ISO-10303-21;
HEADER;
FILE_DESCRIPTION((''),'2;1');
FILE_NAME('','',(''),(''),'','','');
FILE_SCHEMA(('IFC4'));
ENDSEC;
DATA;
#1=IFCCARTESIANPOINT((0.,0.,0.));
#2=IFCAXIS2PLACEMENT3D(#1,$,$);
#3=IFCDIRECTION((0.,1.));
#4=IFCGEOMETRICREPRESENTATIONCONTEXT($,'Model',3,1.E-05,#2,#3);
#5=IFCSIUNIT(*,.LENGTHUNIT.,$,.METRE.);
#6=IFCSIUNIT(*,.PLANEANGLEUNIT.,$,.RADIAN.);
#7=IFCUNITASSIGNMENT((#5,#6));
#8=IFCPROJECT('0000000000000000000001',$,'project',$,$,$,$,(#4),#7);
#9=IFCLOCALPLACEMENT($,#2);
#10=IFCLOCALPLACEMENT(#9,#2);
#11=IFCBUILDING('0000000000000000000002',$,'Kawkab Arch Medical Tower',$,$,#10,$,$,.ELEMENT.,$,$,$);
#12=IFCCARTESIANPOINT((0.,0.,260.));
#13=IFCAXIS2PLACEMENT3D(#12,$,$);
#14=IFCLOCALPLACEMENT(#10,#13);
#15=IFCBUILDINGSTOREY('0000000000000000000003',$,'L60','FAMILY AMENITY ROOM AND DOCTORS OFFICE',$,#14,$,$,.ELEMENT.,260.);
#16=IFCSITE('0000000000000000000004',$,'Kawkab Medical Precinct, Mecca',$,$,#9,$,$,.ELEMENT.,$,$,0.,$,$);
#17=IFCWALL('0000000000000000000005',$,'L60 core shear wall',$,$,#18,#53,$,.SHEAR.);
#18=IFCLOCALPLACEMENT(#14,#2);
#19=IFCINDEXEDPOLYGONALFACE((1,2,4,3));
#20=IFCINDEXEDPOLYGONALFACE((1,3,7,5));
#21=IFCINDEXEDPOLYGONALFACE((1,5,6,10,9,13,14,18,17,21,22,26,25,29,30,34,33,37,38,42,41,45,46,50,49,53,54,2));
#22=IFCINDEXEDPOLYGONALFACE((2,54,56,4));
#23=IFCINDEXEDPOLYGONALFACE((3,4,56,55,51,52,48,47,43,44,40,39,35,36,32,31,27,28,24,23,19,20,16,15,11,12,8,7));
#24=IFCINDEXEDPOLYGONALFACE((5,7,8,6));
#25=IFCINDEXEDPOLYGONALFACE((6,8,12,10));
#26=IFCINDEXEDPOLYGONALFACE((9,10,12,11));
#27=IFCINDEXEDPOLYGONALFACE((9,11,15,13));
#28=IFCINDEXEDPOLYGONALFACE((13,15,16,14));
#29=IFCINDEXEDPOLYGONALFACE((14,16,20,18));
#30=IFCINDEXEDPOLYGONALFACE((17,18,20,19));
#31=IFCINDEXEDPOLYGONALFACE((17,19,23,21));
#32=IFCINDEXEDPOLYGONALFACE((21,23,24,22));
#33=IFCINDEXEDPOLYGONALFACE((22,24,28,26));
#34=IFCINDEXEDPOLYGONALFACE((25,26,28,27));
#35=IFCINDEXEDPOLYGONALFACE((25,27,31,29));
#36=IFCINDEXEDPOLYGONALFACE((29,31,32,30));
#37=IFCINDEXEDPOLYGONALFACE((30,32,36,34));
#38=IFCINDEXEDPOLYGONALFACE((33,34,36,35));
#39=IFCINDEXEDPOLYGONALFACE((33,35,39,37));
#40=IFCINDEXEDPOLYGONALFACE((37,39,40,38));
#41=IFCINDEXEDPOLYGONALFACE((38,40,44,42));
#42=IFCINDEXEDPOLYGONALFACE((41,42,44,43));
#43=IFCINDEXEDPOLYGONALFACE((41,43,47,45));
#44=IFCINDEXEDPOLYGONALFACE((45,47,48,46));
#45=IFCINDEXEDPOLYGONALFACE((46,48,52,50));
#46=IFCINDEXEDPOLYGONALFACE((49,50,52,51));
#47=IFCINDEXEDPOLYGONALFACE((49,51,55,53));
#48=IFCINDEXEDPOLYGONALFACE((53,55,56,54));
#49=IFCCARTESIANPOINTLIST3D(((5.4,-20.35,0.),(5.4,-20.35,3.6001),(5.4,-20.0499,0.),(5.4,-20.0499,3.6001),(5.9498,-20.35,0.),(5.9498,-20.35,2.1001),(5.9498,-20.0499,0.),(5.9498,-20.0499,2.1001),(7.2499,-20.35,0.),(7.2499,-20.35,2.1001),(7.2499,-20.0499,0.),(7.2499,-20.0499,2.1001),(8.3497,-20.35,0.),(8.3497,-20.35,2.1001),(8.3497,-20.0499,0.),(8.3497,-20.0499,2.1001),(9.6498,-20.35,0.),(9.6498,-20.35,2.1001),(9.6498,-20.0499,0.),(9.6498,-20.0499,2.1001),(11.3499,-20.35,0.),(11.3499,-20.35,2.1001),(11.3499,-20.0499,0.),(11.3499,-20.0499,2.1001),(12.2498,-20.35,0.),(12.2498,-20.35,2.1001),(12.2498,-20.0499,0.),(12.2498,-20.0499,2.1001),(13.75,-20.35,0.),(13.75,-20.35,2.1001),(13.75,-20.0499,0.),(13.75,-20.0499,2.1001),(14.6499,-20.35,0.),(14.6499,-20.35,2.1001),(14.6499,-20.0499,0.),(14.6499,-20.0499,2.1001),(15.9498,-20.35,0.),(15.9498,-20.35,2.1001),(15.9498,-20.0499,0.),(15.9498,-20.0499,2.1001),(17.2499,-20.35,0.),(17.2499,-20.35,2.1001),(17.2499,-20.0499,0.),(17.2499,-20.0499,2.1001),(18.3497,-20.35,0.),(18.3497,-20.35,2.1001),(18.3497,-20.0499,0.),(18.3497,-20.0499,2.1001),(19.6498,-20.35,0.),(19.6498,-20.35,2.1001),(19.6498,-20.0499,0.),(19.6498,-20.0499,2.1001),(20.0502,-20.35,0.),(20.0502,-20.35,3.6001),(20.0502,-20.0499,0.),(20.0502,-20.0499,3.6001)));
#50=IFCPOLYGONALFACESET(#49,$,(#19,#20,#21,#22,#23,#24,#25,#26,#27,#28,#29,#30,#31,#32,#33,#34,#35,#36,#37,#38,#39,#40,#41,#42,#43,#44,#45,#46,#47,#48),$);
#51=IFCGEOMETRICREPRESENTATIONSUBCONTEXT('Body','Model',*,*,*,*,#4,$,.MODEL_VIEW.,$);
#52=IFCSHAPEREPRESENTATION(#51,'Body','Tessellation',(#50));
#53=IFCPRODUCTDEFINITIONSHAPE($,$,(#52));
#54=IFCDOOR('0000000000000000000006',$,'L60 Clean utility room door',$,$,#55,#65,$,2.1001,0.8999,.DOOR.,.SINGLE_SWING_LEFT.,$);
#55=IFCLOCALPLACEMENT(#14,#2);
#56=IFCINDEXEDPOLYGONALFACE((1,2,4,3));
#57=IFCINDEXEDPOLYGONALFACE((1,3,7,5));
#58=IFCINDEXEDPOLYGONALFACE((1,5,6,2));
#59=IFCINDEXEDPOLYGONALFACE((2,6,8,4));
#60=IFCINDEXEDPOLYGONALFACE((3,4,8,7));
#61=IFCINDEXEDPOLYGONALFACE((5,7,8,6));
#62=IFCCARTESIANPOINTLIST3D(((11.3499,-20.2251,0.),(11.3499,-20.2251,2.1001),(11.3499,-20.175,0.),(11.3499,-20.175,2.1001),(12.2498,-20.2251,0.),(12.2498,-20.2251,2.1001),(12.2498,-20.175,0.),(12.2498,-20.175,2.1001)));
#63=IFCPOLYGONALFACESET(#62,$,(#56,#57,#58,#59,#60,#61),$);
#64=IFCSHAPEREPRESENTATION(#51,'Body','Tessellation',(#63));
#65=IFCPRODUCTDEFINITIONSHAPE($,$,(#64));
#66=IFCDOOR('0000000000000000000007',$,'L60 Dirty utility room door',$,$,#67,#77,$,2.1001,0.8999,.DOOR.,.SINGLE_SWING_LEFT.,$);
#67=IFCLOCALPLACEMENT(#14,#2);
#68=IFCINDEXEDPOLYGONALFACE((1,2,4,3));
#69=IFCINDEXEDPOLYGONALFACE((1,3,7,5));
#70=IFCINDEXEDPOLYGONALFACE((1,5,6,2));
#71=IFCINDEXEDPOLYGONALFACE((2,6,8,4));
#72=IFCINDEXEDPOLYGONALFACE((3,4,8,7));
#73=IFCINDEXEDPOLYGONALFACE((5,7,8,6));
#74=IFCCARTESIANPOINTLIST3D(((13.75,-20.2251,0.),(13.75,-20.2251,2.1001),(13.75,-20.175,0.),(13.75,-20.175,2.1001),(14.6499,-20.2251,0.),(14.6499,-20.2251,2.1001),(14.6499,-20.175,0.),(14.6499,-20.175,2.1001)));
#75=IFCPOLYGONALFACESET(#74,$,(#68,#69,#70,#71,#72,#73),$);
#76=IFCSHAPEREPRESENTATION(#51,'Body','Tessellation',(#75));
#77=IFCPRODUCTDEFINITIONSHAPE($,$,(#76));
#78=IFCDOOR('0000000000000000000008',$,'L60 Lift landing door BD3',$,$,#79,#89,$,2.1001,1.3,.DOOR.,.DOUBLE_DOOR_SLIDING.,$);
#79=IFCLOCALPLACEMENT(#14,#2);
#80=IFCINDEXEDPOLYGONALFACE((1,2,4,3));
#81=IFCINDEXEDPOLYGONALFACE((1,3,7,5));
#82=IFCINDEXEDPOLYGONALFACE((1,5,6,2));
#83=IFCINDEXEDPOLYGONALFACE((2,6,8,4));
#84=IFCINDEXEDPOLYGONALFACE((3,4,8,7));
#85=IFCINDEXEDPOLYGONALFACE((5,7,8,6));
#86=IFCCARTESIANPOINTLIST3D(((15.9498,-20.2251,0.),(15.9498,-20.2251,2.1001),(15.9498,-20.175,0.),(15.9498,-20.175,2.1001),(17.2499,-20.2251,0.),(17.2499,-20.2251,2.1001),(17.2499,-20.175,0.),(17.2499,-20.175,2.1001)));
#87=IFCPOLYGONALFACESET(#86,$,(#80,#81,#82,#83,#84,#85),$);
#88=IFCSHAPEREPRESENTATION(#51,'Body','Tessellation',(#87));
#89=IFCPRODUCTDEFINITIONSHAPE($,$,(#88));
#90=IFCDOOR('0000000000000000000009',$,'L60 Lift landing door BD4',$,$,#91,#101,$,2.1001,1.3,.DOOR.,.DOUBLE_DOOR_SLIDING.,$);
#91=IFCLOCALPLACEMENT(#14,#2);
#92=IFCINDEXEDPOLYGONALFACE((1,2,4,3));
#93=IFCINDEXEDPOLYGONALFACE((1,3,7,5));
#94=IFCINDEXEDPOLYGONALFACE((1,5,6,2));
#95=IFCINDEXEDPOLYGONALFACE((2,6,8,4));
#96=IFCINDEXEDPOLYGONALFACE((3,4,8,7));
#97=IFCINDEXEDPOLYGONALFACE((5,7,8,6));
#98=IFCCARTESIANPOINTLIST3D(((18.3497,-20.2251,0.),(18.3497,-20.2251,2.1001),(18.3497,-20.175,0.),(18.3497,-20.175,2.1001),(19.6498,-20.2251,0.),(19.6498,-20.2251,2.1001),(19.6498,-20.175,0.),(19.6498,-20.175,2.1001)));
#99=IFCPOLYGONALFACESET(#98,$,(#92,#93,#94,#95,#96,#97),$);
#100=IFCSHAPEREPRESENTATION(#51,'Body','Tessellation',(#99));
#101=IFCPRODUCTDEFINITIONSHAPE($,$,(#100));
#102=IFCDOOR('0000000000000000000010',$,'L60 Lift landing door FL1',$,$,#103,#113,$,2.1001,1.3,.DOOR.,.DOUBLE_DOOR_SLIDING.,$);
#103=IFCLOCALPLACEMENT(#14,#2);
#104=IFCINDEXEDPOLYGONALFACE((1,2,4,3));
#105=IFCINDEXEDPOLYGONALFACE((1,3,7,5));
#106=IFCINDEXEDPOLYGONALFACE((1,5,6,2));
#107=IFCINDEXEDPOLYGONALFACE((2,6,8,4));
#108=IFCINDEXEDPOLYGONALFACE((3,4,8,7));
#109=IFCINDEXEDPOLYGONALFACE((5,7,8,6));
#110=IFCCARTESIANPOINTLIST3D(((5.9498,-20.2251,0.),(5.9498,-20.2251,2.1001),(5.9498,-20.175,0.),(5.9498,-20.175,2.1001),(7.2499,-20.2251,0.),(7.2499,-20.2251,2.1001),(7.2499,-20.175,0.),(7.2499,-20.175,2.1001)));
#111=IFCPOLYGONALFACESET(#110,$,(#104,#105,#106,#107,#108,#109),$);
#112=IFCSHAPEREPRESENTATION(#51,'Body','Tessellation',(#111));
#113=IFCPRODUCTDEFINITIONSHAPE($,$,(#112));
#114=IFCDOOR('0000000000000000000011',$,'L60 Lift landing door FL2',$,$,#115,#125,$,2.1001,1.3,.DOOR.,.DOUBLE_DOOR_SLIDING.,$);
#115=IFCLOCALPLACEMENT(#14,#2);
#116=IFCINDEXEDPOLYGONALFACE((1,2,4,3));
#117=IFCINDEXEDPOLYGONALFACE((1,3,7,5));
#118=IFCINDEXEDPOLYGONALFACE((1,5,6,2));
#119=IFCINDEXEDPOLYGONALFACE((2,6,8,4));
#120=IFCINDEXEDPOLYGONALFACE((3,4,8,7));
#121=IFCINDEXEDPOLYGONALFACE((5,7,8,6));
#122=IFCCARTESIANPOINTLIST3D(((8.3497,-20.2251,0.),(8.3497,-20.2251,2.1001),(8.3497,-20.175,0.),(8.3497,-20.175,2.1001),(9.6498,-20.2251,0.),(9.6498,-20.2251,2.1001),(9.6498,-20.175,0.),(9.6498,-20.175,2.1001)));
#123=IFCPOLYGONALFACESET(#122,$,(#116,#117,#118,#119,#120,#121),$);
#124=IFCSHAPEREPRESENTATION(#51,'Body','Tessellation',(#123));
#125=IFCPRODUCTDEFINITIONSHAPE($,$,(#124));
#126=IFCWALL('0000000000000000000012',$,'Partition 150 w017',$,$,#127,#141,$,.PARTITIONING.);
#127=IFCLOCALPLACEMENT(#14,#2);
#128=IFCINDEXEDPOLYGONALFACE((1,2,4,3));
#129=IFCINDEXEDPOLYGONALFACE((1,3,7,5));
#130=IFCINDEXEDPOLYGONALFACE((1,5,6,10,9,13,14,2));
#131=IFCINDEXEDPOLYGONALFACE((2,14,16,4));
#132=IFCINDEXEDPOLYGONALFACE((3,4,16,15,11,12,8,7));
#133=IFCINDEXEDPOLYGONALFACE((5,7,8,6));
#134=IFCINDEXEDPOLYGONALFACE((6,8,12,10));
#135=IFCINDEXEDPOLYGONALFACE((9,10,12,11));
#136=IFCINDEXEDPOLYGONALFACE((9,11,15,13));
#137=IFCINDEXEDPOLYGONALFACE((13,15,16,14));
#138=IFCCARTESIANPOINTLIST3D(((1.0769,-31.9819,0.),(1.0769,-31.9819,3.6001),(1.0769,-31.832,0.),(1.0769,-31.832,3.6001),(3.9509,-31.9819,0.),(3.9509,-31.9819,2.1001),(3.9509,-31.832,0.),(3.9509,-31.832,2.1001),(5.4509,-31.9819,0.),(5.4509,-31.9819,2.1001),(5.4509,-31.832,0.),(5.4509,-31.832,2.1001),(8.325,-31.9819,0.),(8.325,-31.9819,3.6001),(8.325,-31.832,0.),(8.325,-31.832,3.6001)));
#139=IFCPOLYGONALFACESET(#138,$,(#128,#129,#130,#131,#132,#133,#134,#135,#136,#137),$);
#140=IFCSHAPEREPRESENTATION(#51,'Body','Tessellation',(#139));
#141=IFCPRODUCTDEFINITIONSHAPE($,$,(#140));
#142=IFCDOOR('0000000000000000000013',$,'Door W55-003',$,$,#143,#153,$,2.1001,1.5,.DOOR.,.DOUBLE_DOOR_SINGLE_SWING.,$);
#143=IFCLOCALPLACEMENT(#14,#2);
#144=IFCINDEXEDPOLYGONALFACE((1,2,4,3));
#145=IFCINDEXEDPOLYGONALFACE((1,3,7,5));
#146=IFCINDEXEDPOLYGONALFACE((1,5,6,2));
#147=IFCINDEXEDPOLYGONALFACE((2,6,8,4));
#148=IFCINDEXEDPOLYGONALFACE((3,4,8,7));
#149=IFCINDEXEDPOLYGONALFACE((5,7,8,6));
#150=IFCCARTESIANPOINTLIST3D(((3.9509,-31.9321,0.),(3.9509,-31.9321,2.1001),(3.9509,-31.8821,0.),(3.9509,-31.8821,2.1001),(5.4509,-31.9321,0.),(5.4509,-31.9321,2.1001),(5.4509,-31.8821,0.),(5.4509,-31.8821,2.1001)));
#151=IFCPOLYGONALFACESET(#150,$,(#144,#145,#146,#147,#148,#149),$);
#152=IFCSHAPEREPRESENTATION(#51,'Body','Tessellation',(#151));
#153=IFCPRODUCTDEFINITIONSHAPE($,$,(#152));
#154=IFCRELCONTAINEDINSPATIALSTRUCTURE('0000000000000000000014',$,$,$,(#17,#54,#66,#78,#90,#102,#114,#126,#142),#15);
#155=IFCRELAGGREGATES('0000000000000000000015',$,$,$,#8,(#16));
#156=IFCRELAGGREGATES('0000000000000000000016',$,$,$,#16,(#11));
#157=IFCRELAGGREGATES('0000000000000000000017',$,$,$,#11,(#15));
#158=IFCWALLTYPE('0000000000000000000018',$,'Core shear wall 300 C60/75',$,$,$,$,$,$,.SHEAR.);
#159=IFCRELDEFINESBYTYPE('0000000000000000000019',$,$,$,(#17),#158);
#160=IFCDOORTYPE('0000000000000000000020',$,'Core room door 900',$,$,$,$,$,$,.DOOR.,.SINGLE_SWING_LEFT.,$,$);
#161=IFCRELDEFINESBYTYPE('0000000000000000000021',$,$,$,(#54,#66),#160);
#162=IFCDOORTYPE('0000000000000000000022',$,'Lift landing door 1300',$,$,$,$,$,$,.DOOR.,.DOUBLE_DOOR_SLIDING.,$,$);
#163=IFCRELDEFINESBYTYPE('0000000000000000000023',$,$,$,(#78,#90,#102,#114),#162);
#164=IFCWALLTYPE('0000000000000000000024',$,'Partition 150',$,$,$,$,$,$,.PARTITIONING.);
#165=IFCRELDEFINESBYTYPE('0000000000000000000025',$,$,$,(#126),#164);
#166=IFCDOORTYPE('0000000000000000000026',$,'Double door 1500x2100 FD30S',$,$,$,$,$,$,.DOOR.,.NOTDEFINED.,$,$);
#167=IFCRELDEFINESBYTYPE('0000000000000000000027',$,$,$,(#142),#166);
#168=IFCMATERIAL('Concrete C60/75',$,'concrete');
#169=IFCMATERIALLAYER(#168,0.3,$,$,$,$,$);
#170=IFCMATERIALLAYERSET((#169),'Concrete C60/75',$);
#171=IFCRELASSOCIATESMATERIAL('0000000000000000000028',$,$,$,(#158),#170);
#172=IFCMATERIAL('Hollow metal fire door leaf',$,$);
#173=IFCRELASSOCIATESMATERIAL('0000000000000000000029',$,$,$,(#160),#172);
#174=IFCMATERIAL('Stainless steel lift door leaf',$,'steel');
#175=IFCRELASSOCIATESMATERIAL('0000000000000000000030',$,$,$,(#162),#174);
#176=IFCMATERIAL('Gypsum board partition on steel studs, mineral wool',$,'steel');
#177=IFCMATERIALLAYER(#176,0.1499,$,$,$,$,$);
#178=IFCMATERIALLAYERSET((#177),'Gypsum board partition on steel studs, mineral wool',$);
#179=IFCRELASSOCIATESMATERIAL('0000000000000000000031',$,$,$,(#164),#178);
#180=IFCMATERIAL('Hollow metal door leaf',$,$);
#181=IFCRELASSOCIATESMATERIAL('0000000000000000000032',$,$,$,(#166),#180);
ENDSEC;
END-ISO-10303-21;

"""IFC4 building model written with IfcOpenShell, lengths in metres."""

from ifc_helpers import new_model, si_unit, direction, frame, frame_2d, origin, place, context, subcontext, project, spatial, rectangle, extrude, material, layer, layer_set, type_object, element, fill, save


model = new_model("IFC4")

# Units and contexts
model_context = context("Model", 3, precision=1e-05, world=origin(), true_north=direction((0.0, 1.0)))
body_context = subcontext(model_context, "Body", "Model", "MODEL_VIEW")
ifc_project = project(units=[si_unit("LENGTHUNIT", "METRE"), si_unit("PLANEANGLEUNIT", "RADIAN")], contexts=[model_context])

# Site, building, storey
site_placement = place(None, origin())
site = spatial("IfcSite", under=ifc_project, at=site_placement, Name="Kawkab Medical Precinct, Mecca", CompositionType="ELEMENT", RefElevation=0.0)
building_placement = place(site_placement, origin())
building = spatial("IfcBuilding", under=site, at=building_placement, Name="Kawkab Arch Medical Tower", CompositionType="ELEMENT")
storey_placement = place(building_placement, frame((0.0, 0.0, 260.0)))
storey = spatial("IfcBuildingStorey", under=building, at=storey_placement, Name="L60", Description="FAMILY AMENITY ROOM AND DOCTORS OFFICE", CompositionType="ELEMENT", Elevation=260.0)

# Wall, openings, doors
ifc_material_1 = material(Name="Concrete C60/75", Category="concrete")
ifc_layer_1 = layer(ifc_material_1, 0.3)
ifc_layer_set_1 = layer_set([ifc_layer_1], Name="Concrete C60/75")
wall_type_1 = type_object("IfcWallType", Name="Core shear wall 300 C60/75", PredefinedType="SHEAR", material=ifc_layer_set_1)
wall_1_placement = place(storey_placement, frame((5.3999, -20.2, 0.0), z_axis=(0.0, 0.0, 1.0), x_axis=(1.0, 0.0, 0.0)))
wall_1 = element("IfcWall", 1, at=wall_1_placement, inside=storey, type_object=wall_type_1, Name="L60 core shear wall", PredefinedType="SHEAR", context=body_context, shape_type="SweptSolid", body=[
    extrude(rectangle(XDim=14.6501, YDim=0.3, at=frame_2d((7.3252, 0.0))), origin(), (0.0, 0.0, 1.0), 3.6001),
])
opening_1_placement = place(wall_1_placement, frame((10.55, 0.0, 0.0)))
opening_1 = element("IfcOpeningElement", 2, at=opening_1_placement, cuts=wall_1, PredefinedType="OPENING", context=body_context, shape_type="SweptSolid", body=[
    extrude(rectangle(XDim=1.3, YDim=2.1001, at=frame_2d((0.6499, 1.05))), frame((0.0, 0.1599, 0.0), z_axis=(0.0, -1.0, 0.0), x_axis=(1.0, 0.0, 0.0)), (0.0, 0.0, 1.0), 0.3201),
])
opening_2_placement = place(wall_1_placement, frame((12.95, 0.0, 0.0)))
opening_2 = element("IfcOpeningElement", 3, at=opening_2_placement, cuts=wall_1, PredefinedType="OPENING", context=body_context, shape_type="SweptSolid", body=[
    extrude(rectangle(XDim=1.3, YDim=2.1001, at=frame_2d((0.6499, 1.05))), frame((0.0, 0.1599, 0.0), z_axis=(0.0, -1.0, 0.0), x_axis=(1.0, 0.0, 0.0)), (0.0, 0.0, 1.0), 0.3201),
])
opening_3_placement = place(wall_1_placement, frame((0.55, 0.0, 0.0)))
opening_3 = element("IfcOpeningElement", 4, at=opening_3_placement, cuts=wall_1, PredefinedType="OPENING", context=body_context, shape_type="SweptSolid", body=[
    extrude(rectangle(XDim=1.3, YDim=2.1001, at=frame_2d((0.6499, 1.05))), frame((0.0, 0.1599, 0.0), z_axis=(0.0, -1.0, 0.0), x_axis=(1.0, 0.0, 0.0)), (0.0, 0.0, 1.0), 0.3201),
])
opening_4_placement = place(wall_1_placement, frame((2.95, 0.0, 0.0)))
opening_4 = element("IfcOpeningElement", 5, at=opening_4_placement, cuts=wall_1, PredefinedType="OPENING", context=body_context, shape_type="SweptSolid", body=[
    extrude(rectangle(XDim=1.3, YDim=2.1001, at=frame_2d((0.6499, 1.05))), frame((0.0, 0.1599, 0.0), z_axis=(0.0, -1.0, 0.0), x_axis=(1.0, 0.0, 0.0)), (0.0, 0.0, 1.0), 0.3201),
])
opening_5_placement = place(wall_1_placement, frame((5.95, 0.0, 0.0)))
opening_5 = element("IfcOpeningElement", 6, at=opening_5_placement, cuts=wall_1, PredefinedType="OPENING", context=body_context, shape_type="SweptSolid", body=[
    extrude(rectangle(XDim=0.8999, YDim=2.1001, at=frame_2d((0.45, 1.05))), frame((0.0, 0.1599, 0.0), z_axis=(0.0, -1.0, 0.0), x_axis=(1.0, 0.0, 0.0)), (0.0, 0.0, 1.0), 0.3201),
])
opening_6_placement = place(wall_1_placement, frame((8.3501, 0.0, 0.0)))
opening_6 = element("IfcOpeningElement", 7, at=opening_6_placement, cuts=wall_1, PredefinedType="OPENING", context=body_context, shape_type="SweptSolid", body=[
    extrude(rectangle(XDim=0.8999, YDim=2.1001, at=frame_2d((0.45, 1.05))), frame((0.0, 0.1599, 0.0), z_axis=(0.0, -1.0, 0.0), x_axis=(1.0, 0.0, 0.0)), (0.0, 0.0, 1.0), 0.3201),
])
ifc_material_2 = material(Name="Hollow metal fire door leaf")
door_type_1 = type_object("IfcDoorType", Name="Core room door 900", OperationType="SINGLE_SWING_LEFT", PredefinedType="DOOR", material=ifc_material_2)
door_1_placement = place(opening_5_placement, origin())
door_1 = element("IfcDoor", 8, at=door_1_placement, inside=storey, type_object=door_type_1, Name="L60 Clean utility room door", OperationType="SINGLE_SWING_LEFT", OverallHeight=2.1001, OverallWidth=0.8999, PredefinedType="DOOR", context=body_context, shape_type="SweptSolid", body=[
    extrude(rectangle(XDim=0.8999, YDim=2.1001, at=frame_2d((0.45, 1.05))), frame((0.0, 0.0249, 0.0), z_axis=(0.0, -1.0, 0.0), x_axis=(1.0, 0.0, 0.0)), (0.0, 0.0, 1.0), 0.05),
])
fill(opening_5, door_1)
door_2_placement = place(opening_6_placement, origin())
door_2 = element("IfcDoor", 9, at=door_2_placement, inside=storey, type_object=door_type_1, Name="L60 Dirty utility room door", OperationType="SINGLE_SWING_LEFT", OverallHeight=2.1001, OverallWidth=0.8999, PredefinedType="DOOR", context=body_context, shape_type="SweptSolid", body=[
    extrude(rectangle(XDim=0.8999, YDim=2.1001, at=frame_2d((0.45, 1.05))), frame((0.0, 0.0249, 0.0), z_axis=(0.0, -1.0, 0.0), x_axis=(1.0, 0.0, 0.0)), (0.0, 0.0, 1.0), 0.05),
])
fill(opening_6, door_2)
ifc_material_3 = material(Name="Stainless steel lift door leaf", Category="steel")
door_type_2 = type_object("IfcDoorType", Name="Lift landing door 1300", OperationType="DOUBLE_DOOR_SLIDING", PredefinedType="DOOR", material=ifc_material_3)
door_3_placement = place(opening_1_placement, origin())
door_3 = element("IfcDoor", 10, at=door_3_placement, inside=storey, type_object=door_type_2, Name="L60 Lift landing door BD3", OperationType="DOUBLE_DOOR_SLIDING", OverallHeight=2.1001, OverallWidth=1.3, PredefinedType="DOOR", context=body_context, shape_type="SweptSolid", body=[
    extrude(rectangle(XDim=1.3, YDim=2.1001, at=frame_2d((0.6499, 1.05))), frame((0.0, 0.0249, 0.0), z_axis=(0.0, -1.0, 0.0), x_axis=(1.0, 0.0, 0.0)), (0.0, 0.0, 1.0), 0.05),
])
fill(opening_1, door_3)
door_4_placement = place(opening_2_placement, origin())
door_4 = element("IfcDoor", 11, at=door_4_placement, inside=storey, type_object=door_type_2, Name="L60 Lift landing door BD4", OperationType="DOUBLE_DOOR_SLIDING", OverallHeight=2.1001, OverallWidth=1.3, PredefinedType="DOOR", context=body_context, shape_type="SweptSolid", body=[
    extrude(rectangle(XDim=1.3, YDim=2.1001, at=frame_2d((0.6499, 1.05))), frame((0.0, 0.0249, 0.0), z_axis=(0.0, -1.0, 0.0), x_axis=(1.0, 0.0, 0.0)), (0.0, 0.0, 1.0), 0.05),
])
fill(opening_2, door_4)
door_5_placement = place(opening_3_placement, origin())
door_5 = element("IfcDoor", 12, at=door_5_placement, inside=storey, type_object=door_type_2, Name="L60 Lift landing door FL1", OperationType="DOUBLE_DOOR_SLIDING", OverallHeight=2.1001, OverallWidth=1.3, PredefinedType="DOOR", context=body_context, shape_type="SweptSolid", body=[
    extrude(rectangle(XDim=1.3, YDim=2.1001, at=frame_2d((0.6499, 1.05))), frame((0.0, 0.0249, 0.0), z_axis=(0.0, -1.0, 0.0), x_axis=(1.0, 0.0, 0.0)), (0.0, 0.0, 1.0), 0.05),
])
fill(opening_3, door_5)
door_6_placement = place(opening_4_placement, origin())
door_6 = element("IfcDoor", 13, at=door_6_placement, inside=storey, type_object=door_type_2, Name="L60 Lift landing door FL2", OperationType="DOUBLE_DOOR_SLIDING", OverallHeight=2.1001, OverallWidth=1.3, PredefinedType="DOOR", context=body_context, shape_type="SweptSolid", body=[
    extrude(rectangle(XDim=1.3, YDim=2.1001, at=frame_2d((0.6499, 1.05))), frame((0.0, 0.0249, 0.0), z_axis=(0.0, -1.0, 0.0), x_axis=(1.0, 0.0, 0.0)), (0.0, 0.0, 1.0), 0.05),
])
fill(opening_4, door_6)

# Wall, opening, door
ifc_material_4 = material(Name="Gypsum board partition on steel studs, mineral wool", Category="steel")
ifc_layer_2 = layer(ifc_material_4, 0.1499)
ifc_layer_set_2 = layer_set([ifc_layer_2], Name="Gypsum board partition on steel studs, mineral wool")
wall_type_2 = type_object("IfcWallType", Name="Partition 150", PredefinedType="PARTITIONING", material=ifc_layer_set_2)
wall_2_placement = place(storey_placement, frame((1.0769, -31.907, 0.0), z_axis=(0.0, 0.0, 1.0), x_axis=(1.0, 0.0, 0.0)))
wall_2 = element("IfcWall", 14, at=wall_2_placement, inside=storey, type_object=wall_type_2, Name="Partition 150 w017", PredefinedType="PARTITIONING", context=body_context, shape_type="SweptSolid", body=[
    extrude(rectangle(XDim=7.248, YDim=0.1499, at=frame_2d((3.624, 0.0))), origin(), (0.0, 0.0, 1.0), 3.6001),
])
opening_7_placement = place(wall_2_placement, frame((2.874, 0.0, 0.0)))
opening_7 = element("IfcOpeningElement", 15, at=opening_7_placement, cuts=wall_2, PredefinedType="OPENING", context=body_context, shape_type="SweptSolid", body=[
    extrude(rectangle(XDim=1.5, YDim=2.1001, at=frame_2d((0.75, 1.05))), frame((0.0, 0.085, 0.0), z_axis=(0.0, -1.0, 0.0), x_axis=(1.0, 0.0, 0.0)), (0.0, 0.0, 1.0), 0.1699),
])
ifc_material_5 = material(Name="Hollow metal door leaf")
door_type_3 = type_object("IfcDoorType", Name="Double door 1500x2100 FD30S", OperationType="NOTDEFINED", PredefinedType="DOOR", material=ifc_material_5)
door_7_placement = place(opening_7_placement, origin())
door_7 = element("IfcDoor", 16, at=door_7_placement, inside=storey, type_object=door_type_3, Name="Door W55-003", OperationType="DOUBLE_DOOR_SINGLE_SWING", OverallHeight=2.1001, OverallWidth=1.5, PredefinedType="DOOR", context=body_context, shape_type="SweptSolid", body=[
    extrude(rectangle(XDim=1.5, YDim=2.1001, at=frame_2d((0.75, 1.05))), frame((0.0, 0.0249, 0.0), z_axis=(0.0, -1.0, 0.0), x_axis=(1.0, 0.0, 0.0)), (0.0, 0.0, 1.0), 0.05),
])
fill(opening_7, door_7)

save(model, "model.ifc")
